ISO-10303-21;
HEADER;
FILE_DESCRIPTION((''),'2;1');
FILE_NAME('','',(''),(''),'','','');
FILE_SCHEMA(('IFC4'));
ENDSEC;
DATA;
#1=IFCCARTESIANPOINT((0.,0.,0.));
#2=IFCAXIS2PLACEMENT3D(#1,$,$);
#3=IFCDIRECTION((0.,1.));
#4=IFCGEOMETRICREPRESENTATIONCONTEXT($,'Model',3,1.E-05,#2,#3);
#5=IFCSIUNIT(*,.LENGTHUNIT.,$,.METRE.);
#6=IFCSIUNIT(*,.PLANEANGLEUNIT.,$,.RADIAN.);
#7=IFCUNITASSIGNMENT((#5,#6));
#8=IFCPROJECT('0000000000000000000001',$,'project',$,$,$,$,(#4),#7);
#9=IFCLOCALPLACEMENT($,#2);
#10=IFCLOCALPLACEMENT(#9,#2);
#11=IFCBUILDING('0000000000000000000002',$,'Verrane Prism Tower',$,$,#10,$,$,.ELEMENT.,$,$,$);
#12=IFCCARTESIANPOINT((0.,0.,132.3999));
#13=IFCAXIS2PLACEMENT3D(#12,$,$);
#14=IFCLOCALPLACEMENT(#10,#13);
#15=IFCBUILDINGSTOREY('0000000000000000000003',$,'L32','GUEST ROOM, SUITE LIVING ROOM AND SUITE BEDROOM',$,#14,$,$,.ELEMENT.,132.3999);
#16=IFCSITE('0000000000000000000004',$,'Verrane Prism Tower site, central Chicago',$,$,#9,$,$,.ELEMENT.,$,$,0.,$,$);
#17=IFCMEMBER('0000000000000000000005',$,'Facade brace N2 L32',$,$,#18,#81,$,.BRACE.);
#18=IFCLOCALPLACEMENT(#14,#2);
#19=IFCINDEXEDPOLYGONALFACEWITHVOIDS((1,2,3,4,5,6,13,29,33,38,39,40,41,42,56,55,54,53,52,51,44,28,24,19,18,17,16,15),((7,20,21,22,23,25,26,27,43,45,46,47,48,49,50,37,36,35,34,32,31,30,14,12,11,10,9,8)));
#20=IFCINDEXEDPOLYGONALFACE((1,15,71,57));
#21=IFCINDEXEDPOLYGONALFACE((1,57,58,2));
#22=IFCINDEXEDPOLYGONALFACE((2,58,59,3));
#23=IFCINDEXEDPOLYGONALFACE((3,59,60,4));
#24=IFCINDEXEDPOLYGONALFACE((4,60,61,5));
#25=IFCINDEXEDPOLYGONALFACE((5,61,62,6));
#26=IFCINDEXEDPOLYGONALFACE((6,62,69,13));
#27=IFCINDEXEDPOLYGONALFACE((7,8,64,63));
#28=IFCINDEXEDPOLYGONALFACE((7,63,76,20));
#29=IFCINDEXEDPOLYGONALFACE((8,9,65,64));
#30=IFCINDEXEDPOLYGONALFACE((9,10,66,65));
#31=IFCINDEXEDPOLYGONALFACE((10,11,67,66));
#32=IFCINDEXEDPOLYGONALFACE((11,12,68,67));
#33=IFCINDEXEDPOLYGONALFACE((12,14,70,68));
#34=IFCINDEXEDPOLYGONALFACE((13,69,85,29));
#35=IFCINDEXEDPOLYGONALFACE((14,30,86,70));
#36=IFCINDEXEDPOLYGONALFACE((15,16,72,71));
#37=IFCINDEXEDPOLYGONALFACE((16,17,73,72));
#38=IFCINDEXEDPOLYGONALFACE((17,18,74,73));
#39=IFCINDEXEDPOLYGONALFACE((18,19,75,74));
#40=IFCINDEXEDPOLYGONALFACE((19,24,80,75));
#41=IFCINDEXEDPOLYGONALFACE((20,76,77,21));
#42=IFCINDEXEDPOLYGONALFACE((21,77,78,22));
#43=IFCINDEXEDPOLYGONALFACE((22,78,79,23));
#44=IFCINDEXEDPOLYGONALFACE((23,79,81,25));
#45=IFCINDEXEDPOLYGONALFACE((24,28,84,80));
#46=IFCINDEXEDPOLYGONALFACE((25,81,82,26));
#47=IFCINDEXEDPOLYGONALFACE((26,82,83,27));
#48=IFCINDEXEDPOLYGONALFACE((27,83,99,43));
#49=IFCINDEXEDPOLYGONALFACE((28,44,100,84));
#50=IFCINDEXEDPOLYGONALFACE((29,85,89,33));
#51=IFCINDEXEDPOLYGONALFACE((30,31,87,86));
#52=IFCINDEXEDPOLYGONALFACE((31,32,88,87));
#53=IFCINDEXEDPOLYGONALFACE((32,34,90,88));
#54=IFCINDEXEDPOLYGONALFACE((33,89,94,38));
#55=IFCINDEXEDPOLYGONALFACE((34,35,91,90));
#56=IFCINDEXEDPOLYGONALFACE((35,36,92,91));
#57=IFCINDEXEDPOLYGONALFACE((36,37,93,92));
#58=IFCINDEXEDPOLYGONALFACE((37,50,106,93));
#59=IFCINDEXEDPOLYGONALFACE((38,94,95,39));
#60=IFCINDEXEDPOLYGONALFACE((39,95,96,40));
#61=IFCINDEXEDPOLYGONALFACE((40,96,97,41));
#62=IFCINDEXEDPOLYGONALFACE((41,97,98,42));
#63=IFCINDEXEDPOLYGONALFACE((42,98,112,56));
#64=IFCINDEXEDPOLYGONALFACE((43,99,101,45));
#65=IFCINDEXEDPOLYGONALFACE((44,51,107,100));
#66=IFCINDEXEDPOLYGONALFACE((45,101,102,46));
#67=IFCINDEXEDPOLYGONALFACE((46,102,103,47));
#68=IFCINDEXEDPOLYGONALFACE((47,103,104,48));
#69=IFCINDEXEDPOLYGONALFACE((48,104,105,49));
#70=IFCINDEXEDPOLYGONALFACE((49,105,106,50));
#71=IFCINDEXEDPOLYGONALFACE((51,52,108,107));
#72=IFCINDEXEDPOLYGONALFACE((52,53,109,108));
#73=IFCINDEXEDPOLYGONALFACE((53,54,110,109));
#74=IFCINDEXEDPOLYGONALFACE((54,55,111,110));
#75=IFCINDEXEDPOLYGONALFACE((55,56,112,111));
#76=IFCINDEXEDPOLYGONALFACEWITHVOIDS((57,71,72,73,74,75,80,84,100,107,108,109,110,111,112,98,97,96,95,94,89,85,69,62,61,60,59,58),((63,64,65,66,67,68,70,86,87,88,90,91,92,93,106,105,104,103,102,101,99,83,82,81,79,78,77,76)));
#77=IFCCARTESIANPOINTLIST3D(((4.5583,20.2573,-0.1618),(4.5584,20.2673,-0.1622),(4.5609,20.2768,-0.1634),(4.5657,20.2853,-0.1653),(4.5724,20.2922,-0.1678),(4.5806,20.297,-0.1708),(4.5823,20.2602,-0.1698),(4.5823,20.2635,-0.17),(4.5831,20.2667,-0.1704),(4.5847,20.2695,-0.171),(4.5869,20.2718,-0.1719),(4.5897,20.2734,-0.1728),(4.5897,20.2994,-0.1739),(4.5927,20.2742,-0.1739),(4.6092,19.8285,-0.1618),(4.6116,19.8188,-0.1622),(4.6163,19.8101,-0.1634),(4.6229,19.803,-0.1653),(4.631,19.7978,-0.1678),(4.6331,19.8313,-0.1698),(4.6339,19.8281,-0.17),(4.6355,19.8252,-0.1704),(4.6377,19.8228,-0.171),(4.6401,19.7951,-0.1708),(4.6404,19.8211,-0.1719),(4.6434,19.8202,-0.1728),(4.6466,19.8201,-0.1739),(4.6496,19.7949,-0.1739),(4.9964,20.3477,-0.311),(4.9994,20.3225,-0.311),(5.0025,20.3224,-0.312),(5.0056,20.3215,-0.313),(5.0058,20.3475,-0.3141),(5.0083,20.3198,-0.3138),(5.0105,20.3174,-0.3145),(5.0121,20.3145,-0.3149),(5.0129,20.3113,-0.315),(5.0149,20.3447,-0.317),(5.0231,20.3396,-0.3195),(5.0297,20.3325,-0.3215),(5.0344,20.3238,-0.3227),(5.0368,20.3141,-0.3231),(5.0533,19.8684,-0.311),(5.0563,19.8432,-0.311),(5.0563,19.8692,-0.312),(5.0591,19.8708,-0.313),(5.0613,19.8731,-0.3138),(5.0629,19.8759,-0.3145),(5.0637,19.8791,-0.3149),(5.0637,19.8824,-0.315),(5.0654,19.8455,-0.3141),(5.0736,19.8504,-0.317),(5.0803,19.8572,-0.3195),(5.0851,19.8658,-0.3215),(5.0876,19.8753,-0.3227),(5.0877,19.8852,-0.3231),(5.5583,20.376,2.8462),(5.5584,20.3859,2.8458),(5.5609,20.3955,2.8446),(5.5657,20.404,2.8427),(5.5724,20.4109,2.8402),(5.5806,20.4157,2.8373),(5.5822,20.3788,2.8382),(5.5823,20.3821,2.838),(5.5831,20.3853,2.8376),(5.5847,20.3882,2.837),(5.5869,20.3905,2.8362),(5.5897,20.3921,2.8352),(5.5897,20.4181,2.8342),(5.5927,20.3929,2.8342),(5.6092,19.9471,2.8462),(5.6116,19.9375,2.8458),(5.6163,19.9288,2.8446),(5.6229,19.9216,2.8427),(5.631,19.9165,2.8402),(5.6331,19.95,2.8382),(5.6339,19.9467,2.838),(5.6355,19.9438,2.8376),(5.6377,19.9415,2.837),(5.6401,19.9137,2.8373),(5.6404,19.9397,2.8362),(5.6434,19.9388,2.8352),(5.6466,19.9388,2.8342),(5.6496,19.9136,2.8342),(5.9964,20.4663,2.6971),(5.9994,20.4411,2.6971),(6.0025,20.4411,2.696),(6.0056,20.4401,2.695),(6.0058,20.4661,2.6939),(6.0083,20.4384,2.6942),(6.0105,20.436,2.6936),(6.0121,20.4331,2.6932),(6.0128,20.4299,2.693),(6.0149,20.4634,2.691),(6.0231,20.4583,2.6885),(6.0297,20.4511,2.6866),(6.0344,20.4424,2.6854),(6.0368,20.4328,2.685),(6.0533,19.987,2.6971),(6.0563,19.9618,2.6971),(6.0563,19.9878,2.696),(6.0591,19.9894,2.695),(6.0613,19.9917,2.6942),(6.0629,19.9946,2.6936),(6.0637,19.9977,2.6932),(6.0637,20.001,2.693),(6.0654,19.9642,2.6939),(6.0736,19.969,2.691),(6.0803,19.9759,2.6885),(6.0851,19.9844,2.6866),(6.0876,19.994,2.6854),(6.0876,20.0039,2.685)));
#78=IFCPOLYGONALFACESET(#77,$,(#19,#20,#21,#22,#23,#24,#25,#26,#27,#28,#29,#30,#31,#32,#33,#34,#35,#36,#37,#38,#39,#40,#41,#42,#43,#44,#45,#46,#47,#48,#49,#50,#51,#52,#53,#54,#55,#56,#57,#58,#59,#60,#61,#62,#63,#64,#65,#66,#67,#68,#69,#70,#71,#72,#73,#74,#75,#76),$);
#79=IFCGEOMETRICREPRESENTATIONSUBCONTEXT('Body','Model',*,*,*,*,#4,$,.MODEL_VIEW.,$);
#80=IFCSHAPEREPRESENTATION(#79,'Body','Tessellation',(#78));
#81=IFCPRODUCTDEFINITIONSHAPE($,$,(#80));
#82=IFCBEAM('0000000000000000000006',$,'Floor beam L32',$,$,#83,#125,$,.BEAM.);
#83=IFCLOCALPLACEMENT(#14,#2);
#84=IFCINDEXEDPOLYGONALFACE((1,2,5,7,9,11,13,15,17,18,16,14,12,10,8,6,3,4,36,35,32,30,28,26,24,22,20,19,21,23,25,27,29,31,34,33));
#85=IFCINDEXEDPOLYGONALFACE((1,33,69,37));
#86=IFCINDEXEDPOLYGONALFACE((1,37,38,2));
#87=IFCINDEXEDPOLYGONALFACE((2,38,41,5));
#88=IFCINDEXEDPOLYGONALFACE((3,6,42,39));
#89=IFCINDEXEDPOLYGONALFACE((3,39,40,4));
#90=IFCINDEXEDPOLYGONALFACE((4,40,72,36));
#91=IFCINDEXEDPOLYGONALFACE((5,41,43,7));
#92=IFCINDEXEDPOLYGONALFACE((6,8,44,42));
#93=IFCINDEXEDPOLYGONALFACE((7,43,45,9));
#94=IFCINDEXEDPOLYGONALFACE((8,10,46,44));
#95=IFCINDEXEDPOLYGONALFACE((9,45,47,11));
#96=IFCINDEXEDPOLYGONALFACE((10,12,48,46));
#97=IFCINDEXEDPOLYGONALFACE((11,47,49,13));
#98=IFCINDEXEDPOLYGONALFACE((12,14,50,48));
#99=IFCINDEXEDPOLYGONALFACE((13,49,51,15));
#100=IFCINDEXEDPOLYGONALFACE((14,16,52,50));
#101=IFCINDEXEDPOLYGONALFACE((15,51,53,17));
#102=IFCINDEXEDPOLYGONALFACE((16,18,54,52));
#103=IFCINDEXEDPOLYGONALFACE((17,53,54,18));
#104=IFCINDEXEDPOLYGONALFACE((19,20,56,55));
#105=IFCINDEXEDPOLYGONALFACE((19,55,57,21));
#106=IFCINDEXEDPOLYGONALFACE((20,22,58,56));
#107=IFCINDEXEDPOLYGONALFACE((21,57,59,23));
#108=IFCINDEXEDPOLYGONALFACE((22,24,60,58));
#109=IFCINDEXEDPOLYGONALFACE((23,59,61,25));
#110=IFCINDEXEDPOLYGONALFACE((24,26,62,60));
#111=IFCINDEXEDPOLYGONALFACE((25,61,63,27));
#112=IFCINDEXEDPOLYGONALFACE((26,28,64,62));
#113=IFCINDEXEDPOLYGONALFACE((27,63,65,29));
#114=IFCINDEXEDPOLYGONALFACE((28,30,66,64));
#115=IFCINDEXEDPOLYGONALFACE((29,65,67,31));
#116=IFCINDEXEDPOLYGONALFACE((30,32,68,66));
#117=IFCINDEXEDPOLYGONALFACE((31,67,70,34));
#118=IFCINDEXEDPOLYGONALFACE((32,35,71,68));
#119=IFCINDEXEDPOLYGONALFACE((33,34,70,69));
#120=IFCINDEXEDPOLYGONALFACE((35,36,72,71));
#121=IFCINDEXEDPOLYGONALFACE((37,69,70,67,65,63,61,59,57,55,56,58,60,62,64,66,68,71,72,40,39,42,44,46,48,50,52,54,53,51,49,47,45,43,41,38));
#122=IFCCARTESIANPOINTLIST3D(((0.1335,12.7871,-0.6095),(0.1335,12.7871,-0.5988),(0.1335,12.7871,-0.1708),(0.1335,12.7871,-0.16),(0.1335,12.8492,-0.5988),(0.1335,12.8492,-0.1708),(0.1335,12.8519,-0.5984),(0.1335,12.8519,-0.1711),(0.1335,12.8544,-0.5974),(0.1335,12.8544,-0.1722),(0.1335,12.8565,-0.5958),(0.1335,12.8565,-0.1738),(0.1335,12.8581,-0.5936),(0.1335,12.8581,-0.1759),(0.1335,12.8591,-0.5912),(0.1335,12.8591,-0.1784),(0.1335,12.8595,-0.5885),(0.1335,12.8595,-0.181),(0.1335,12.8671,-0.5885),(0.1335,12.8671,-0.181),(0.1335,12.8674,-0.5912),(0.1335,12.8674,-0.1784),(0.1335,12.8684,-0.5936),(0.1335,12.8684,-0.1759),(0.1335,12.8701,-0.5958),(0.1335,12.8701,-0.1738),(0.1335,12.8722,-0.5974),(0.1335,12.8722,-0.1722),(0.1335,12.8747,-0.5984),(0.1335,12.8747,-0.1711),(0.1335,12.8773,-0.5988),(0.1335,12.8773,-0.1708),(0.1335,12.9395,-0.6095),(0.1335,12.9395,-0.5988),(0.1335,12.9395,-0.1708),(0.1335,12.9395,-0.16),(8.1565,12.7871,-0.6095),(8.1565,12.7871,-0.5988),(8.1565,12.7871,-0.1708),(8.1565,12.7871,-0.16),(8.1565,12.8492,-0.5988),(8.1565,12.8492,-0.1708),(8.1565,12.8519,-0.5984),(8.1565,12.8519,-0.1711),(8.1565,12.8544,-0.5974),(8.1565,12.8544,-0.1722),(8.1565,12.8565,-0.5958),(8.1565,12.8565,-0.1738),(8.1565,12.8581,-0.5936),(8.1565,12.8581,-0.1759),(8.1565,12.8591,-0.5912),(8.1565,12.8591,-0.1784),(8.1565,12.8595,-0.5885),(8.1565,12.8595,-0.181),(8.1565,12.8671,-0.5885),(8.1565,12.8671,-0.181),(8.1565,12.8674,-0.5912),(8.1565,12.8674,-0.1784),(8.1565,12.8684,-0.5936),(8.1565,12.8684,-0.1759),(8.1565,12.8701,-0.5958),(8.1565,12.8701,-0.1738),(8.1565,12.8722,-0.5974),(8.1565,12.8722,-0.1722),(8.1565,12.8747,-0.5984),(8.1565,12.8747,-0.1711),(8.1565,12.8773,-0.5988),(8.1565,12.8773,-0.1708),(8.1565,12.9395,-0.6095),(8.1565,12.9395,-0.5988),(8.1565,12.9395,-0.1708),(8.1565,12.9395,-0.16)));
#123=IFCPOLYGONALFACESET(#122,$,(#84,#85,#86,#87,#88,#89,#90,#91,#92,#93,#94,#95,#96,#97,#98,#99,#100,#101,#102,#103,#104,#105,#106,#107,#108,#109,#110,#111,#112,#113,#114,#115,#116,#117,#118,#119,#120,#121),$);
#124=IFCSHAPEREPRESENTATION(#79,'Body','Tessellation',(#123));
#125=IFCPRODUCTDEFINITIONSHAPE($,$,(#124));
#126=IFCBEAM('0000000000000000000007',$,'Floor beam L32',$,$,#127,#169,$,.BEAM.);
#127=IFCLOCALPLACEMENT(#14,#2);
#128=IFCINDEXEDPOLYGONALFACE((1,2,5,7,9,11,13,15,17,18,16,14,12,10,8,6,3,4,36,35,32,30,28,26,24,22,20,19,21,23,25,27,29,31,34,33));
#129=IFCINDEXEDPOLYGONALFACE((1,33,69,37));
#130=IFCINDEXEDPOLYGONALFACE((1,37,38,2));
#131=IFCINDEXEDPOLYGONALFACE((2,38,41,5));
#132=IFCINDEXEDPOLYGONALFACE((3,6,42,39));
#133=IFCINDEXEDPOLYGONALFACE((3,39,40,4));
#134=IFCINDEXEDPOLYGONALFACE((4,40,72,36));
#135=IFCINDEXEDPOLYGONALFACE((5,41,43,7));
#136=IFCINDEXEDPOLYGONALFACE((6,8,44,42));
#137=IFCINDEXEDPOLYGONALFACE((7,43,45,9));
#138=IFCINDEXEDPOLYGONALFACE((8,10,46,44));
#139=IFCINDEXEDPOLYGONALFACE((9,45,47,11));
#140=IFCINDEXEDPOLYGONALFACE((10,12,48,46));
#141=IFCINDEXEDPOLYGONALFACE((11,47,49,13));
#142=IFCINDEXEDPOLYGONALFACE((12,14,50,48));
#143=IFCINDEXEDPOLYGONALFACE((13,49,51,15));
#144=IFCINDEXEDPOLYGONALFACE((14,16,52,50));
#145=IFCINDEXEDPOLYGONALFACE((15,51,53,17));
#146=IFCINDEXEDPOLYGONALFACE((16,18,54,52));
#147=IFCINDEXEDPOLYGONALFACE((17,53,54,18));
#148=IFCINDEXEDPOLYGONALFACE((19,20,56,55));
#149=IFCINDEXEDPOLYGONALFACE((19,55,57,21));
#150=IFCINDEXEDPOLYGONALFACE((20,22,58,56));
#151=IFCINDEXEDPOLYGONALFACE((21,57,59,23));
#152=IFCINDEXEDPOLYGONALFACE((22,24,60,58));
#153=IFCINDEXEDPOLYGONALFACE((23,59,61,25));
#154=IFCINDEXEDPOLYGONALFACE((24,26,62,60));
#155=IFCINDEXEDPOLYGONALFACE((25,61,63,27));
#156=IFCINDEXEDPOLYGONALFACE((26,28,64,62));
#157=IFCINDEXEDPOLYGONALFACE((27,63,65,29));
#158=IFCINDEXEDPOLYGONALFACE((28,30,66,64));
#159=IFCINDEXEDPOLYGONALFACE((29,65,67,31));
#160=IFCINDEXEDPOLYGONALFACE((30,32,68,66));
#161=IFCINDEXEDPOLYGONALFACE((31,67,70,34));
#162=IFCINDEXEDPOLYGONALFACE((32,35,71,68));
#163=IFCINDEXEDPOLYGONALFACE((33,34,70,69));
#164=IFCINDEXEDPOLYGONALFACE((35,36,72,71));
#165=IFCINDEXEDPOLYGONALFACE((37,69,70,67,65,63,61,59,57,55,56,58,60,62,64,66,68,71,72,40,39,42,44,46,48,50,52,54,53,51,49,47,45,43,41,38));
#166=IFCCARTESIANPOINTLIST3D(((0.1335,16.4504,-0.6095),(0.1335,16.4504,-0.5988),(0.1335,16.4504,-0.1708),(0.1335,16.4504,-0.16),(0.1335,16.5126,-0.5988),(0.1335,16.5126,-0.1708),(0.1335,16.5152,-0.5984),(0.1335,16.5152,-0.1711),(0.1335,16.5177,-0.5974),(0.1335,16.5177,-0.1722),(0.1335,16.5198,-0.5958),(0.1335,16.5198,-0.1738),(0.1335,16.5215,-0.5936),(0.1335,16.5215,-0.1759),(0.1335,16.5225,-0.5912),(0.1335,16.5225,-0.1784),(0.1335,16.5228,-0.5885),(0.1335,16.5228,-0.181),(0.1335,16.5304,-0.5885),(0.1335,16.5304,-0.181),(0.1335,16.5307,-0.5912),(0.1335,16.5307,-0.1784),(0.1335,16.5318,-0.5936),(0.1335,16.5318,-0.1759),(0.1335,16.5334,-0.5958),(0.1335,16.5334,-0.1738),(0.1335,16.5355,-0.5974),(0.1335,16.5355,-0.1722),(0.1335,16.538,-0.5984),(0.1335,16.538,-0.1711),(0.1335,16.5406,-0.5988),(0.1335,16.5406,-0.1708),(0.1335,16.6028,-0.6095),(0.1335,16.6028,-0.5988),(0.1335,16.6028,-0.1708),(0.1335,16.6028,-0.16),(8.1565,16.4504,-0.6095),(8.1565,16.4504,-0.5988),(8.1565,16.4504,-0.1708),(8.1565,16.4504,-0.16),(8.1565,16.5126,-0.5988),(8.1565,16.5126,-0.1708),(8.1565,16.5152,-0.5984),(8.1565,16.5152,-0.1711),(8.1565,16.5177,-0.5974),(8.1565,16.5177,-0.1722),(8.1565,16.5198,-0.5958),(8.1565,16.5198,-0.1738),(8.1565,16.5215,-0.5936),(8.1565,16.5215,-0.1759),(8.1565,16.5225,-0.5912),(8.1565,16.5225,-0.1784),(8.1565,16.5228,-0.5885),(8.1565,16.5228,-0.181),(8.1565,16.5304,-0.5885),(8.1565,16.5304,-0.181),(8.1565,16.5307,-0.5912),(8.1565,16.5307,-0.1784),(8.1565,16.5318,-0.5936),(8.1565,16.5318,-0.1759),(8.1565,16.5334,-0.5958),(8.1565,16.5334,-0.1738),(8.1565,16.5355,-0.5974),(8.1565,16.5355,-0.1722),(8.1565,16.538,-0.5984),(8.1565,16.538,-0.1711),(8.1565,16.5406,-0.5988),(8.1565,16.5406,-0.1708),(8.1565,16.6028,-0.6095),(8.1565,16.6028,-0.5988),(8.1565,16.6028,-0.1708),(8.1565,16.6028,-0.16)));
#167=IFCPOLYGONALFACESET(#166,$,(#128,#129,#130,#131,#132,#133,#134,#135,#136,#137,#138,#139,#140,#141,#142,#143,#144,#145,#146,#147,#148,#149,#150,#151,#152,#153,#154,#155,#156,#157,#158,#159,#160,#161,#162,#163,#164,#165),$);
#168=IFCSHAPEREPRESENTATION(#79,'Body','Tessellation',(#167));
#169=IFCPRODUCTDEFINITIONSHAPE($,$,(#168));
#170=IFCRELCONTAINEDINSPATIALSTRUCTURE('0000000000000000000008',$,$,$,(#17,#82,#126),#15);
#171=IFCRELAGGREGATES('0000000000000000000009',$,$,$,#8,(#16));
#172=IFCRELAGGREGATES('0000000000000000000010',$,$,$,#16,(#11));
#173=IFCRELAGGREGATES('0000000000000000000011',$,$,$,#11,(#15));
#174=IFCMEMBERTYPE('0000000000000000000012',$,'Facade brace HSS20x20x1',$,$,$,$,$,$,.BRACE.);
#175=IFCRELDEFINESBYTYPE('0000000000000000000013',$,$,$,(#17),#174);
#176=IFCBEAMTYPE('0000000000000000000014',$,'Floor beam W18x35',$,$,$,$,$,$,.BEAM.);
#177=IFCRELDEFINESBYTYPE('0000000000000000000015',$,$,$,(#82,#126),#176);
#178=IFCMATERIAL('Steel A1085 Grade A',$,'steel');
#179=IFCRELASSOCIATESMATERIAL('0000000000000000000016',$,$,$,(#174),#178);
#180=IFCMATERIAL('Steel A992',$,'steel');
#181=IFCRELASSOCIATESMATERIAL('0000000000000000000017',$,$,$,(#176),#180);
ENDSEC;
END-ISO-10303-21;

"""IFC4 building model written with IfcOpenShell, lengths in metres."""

from ifc_helpers import new_model, si_unit, direction, frame, origin, origin_2d, place, context, subcontext, project, spatial, hollow_rectangle, i_section, extrude, material, material_profile, profile_set, type_object, element, save


model = new_model("IFC4")

# Units and contexts
model_context = context("Model", 3, precision=1e-05, world=origin(), true_north=direction((0.0, 1.0)))
body_context = subcontext(model_context, "Body", "Model", "MODEL_VIEW")
ifc_project = project(units=[si_unit("LENGTHUNIT", "METRE"), si_unit("PLANEANGLEUNIT", "RADIAN")], contexts=[model_context])

# Site, building, storey
site_placement = place(None, origin())
site = spatial("IfcSite", under=ifc_project, at=site_placement, Name="Verrane Prism Tower site, central Chicago", CompositionType="ELEMENT", RefElevation=0.0)
building_placement = place(site_placement, origin())
building = spatial("IfcBuilding", under=site, at=building_placement, Name="Verrane Prism Tower", CompositionType="ELEMENT")
storey_placement = place(building_placement, frame((0.0, 0.0, 132.3999)))
storey = spatial("IfcBuildingStorey", under=building, at=storey_placement, Name="L32", Description="GUEST ROOM, SUITE LIVING ROOM AND SUITE BEDROOM", CompositionType="ELEMENT", Elevation=132.3999)

# Member
ifc_material_1 = material(Name="Steel A1085 Grade A", Category="steel")
ifc_material_profile_1 = material_profile(ifc_material_1, hollow_rectangle(XDim=0.5081, YDim=0.5081, WallThickness=0.0254, InnerFilletRadius=0.0127, OuterFilletRadius=0.0381, at=origin_2d()), Name="HSS20x20x1")
ifc_profile_set_1 = profile_set([ifc_material_profile_1], Name="Steel A1085 Grade A")
member_type_1 = type_object("IfcMemberType", Name="Facade brace HSS20x20x1", PredefinedType="BRACE", material=ifc_profile_set_1)
member_1_placement = place(storey_placement, frame((4.823, 20.0713, -0.2424), z_axis=(0.315244, 0.037404, 0.948273), x_axis=(-0.117826, 0.993034, 0.0)))
element("IfcMember", 1, at=member_1_placement, inside=storey, type_object=member_type_1, Name="Facade brace N2 L32", PredefinedType="BRACE", context=body_context, shape_type="SweptSolid", body=[
    extrude(hollow_rectangle(XDim=0.5081, YDim=0.5081, WallThickness=0.0254, InnerFilletRadius=0.0127, OuterFilletRadius=0.0381, at=origin_2d()), origin(), (0.0, 0.0, 1.0), 3.1721),
])

# Beams
ifc_material_2 = material(Name="Steel A992", Category="steel")
ifc_material_profile_2 = material_profile(ifc_material_2, i_section(OverallWidth=0.1523, OverallDepth=0.4495, WebThickness=0.0076, FlangeThickness=0.0107, FilletRadius=0.0103, at=origin_2d()), Name="W18x35")
ifc_profile_set_2 = profile_set([ifc_material_profile_2], Name="Steel A992")
beam_type_1 = type_object("IfcBeamType", Name="Floor beam W18x35", PredefinedType="BEAM", material=ifc_profile_set_2)
for number, where, z_axis, x_axis, name in (
    (2, (0.1335, 12.8633, -0.3848), (1.0, 0.0, 0.0), (0.0, 1.0, 0.0), "Floor beam L32"),
    (3, (0.1335, 16.5266, -0.3848), (1.0, 0.0, 0.0), (0.0, 1.0, 0.0), "Floor beam L32"),
):
    element("IfcBeam", number, at=place(storey_placement, frame(where, z_axis=z_axis, x_axis=x_axis)), inside=storey, type_object=beam_type_1, Name=name, PredefinedType="BEAM", context=body_context, shape_type="SweptSolid", body=[
        extrude(i_section(OverallWidth=0.1523, OverallDepth=0.4495, WebThickness=0.0076, FlangeThickness=0.0107, FilletRadius=0.0103, at=origin_2d()), origin(), (0.0, 0.0, 1.0), 8.0229),
    ])

save(model, "model.ifc")
